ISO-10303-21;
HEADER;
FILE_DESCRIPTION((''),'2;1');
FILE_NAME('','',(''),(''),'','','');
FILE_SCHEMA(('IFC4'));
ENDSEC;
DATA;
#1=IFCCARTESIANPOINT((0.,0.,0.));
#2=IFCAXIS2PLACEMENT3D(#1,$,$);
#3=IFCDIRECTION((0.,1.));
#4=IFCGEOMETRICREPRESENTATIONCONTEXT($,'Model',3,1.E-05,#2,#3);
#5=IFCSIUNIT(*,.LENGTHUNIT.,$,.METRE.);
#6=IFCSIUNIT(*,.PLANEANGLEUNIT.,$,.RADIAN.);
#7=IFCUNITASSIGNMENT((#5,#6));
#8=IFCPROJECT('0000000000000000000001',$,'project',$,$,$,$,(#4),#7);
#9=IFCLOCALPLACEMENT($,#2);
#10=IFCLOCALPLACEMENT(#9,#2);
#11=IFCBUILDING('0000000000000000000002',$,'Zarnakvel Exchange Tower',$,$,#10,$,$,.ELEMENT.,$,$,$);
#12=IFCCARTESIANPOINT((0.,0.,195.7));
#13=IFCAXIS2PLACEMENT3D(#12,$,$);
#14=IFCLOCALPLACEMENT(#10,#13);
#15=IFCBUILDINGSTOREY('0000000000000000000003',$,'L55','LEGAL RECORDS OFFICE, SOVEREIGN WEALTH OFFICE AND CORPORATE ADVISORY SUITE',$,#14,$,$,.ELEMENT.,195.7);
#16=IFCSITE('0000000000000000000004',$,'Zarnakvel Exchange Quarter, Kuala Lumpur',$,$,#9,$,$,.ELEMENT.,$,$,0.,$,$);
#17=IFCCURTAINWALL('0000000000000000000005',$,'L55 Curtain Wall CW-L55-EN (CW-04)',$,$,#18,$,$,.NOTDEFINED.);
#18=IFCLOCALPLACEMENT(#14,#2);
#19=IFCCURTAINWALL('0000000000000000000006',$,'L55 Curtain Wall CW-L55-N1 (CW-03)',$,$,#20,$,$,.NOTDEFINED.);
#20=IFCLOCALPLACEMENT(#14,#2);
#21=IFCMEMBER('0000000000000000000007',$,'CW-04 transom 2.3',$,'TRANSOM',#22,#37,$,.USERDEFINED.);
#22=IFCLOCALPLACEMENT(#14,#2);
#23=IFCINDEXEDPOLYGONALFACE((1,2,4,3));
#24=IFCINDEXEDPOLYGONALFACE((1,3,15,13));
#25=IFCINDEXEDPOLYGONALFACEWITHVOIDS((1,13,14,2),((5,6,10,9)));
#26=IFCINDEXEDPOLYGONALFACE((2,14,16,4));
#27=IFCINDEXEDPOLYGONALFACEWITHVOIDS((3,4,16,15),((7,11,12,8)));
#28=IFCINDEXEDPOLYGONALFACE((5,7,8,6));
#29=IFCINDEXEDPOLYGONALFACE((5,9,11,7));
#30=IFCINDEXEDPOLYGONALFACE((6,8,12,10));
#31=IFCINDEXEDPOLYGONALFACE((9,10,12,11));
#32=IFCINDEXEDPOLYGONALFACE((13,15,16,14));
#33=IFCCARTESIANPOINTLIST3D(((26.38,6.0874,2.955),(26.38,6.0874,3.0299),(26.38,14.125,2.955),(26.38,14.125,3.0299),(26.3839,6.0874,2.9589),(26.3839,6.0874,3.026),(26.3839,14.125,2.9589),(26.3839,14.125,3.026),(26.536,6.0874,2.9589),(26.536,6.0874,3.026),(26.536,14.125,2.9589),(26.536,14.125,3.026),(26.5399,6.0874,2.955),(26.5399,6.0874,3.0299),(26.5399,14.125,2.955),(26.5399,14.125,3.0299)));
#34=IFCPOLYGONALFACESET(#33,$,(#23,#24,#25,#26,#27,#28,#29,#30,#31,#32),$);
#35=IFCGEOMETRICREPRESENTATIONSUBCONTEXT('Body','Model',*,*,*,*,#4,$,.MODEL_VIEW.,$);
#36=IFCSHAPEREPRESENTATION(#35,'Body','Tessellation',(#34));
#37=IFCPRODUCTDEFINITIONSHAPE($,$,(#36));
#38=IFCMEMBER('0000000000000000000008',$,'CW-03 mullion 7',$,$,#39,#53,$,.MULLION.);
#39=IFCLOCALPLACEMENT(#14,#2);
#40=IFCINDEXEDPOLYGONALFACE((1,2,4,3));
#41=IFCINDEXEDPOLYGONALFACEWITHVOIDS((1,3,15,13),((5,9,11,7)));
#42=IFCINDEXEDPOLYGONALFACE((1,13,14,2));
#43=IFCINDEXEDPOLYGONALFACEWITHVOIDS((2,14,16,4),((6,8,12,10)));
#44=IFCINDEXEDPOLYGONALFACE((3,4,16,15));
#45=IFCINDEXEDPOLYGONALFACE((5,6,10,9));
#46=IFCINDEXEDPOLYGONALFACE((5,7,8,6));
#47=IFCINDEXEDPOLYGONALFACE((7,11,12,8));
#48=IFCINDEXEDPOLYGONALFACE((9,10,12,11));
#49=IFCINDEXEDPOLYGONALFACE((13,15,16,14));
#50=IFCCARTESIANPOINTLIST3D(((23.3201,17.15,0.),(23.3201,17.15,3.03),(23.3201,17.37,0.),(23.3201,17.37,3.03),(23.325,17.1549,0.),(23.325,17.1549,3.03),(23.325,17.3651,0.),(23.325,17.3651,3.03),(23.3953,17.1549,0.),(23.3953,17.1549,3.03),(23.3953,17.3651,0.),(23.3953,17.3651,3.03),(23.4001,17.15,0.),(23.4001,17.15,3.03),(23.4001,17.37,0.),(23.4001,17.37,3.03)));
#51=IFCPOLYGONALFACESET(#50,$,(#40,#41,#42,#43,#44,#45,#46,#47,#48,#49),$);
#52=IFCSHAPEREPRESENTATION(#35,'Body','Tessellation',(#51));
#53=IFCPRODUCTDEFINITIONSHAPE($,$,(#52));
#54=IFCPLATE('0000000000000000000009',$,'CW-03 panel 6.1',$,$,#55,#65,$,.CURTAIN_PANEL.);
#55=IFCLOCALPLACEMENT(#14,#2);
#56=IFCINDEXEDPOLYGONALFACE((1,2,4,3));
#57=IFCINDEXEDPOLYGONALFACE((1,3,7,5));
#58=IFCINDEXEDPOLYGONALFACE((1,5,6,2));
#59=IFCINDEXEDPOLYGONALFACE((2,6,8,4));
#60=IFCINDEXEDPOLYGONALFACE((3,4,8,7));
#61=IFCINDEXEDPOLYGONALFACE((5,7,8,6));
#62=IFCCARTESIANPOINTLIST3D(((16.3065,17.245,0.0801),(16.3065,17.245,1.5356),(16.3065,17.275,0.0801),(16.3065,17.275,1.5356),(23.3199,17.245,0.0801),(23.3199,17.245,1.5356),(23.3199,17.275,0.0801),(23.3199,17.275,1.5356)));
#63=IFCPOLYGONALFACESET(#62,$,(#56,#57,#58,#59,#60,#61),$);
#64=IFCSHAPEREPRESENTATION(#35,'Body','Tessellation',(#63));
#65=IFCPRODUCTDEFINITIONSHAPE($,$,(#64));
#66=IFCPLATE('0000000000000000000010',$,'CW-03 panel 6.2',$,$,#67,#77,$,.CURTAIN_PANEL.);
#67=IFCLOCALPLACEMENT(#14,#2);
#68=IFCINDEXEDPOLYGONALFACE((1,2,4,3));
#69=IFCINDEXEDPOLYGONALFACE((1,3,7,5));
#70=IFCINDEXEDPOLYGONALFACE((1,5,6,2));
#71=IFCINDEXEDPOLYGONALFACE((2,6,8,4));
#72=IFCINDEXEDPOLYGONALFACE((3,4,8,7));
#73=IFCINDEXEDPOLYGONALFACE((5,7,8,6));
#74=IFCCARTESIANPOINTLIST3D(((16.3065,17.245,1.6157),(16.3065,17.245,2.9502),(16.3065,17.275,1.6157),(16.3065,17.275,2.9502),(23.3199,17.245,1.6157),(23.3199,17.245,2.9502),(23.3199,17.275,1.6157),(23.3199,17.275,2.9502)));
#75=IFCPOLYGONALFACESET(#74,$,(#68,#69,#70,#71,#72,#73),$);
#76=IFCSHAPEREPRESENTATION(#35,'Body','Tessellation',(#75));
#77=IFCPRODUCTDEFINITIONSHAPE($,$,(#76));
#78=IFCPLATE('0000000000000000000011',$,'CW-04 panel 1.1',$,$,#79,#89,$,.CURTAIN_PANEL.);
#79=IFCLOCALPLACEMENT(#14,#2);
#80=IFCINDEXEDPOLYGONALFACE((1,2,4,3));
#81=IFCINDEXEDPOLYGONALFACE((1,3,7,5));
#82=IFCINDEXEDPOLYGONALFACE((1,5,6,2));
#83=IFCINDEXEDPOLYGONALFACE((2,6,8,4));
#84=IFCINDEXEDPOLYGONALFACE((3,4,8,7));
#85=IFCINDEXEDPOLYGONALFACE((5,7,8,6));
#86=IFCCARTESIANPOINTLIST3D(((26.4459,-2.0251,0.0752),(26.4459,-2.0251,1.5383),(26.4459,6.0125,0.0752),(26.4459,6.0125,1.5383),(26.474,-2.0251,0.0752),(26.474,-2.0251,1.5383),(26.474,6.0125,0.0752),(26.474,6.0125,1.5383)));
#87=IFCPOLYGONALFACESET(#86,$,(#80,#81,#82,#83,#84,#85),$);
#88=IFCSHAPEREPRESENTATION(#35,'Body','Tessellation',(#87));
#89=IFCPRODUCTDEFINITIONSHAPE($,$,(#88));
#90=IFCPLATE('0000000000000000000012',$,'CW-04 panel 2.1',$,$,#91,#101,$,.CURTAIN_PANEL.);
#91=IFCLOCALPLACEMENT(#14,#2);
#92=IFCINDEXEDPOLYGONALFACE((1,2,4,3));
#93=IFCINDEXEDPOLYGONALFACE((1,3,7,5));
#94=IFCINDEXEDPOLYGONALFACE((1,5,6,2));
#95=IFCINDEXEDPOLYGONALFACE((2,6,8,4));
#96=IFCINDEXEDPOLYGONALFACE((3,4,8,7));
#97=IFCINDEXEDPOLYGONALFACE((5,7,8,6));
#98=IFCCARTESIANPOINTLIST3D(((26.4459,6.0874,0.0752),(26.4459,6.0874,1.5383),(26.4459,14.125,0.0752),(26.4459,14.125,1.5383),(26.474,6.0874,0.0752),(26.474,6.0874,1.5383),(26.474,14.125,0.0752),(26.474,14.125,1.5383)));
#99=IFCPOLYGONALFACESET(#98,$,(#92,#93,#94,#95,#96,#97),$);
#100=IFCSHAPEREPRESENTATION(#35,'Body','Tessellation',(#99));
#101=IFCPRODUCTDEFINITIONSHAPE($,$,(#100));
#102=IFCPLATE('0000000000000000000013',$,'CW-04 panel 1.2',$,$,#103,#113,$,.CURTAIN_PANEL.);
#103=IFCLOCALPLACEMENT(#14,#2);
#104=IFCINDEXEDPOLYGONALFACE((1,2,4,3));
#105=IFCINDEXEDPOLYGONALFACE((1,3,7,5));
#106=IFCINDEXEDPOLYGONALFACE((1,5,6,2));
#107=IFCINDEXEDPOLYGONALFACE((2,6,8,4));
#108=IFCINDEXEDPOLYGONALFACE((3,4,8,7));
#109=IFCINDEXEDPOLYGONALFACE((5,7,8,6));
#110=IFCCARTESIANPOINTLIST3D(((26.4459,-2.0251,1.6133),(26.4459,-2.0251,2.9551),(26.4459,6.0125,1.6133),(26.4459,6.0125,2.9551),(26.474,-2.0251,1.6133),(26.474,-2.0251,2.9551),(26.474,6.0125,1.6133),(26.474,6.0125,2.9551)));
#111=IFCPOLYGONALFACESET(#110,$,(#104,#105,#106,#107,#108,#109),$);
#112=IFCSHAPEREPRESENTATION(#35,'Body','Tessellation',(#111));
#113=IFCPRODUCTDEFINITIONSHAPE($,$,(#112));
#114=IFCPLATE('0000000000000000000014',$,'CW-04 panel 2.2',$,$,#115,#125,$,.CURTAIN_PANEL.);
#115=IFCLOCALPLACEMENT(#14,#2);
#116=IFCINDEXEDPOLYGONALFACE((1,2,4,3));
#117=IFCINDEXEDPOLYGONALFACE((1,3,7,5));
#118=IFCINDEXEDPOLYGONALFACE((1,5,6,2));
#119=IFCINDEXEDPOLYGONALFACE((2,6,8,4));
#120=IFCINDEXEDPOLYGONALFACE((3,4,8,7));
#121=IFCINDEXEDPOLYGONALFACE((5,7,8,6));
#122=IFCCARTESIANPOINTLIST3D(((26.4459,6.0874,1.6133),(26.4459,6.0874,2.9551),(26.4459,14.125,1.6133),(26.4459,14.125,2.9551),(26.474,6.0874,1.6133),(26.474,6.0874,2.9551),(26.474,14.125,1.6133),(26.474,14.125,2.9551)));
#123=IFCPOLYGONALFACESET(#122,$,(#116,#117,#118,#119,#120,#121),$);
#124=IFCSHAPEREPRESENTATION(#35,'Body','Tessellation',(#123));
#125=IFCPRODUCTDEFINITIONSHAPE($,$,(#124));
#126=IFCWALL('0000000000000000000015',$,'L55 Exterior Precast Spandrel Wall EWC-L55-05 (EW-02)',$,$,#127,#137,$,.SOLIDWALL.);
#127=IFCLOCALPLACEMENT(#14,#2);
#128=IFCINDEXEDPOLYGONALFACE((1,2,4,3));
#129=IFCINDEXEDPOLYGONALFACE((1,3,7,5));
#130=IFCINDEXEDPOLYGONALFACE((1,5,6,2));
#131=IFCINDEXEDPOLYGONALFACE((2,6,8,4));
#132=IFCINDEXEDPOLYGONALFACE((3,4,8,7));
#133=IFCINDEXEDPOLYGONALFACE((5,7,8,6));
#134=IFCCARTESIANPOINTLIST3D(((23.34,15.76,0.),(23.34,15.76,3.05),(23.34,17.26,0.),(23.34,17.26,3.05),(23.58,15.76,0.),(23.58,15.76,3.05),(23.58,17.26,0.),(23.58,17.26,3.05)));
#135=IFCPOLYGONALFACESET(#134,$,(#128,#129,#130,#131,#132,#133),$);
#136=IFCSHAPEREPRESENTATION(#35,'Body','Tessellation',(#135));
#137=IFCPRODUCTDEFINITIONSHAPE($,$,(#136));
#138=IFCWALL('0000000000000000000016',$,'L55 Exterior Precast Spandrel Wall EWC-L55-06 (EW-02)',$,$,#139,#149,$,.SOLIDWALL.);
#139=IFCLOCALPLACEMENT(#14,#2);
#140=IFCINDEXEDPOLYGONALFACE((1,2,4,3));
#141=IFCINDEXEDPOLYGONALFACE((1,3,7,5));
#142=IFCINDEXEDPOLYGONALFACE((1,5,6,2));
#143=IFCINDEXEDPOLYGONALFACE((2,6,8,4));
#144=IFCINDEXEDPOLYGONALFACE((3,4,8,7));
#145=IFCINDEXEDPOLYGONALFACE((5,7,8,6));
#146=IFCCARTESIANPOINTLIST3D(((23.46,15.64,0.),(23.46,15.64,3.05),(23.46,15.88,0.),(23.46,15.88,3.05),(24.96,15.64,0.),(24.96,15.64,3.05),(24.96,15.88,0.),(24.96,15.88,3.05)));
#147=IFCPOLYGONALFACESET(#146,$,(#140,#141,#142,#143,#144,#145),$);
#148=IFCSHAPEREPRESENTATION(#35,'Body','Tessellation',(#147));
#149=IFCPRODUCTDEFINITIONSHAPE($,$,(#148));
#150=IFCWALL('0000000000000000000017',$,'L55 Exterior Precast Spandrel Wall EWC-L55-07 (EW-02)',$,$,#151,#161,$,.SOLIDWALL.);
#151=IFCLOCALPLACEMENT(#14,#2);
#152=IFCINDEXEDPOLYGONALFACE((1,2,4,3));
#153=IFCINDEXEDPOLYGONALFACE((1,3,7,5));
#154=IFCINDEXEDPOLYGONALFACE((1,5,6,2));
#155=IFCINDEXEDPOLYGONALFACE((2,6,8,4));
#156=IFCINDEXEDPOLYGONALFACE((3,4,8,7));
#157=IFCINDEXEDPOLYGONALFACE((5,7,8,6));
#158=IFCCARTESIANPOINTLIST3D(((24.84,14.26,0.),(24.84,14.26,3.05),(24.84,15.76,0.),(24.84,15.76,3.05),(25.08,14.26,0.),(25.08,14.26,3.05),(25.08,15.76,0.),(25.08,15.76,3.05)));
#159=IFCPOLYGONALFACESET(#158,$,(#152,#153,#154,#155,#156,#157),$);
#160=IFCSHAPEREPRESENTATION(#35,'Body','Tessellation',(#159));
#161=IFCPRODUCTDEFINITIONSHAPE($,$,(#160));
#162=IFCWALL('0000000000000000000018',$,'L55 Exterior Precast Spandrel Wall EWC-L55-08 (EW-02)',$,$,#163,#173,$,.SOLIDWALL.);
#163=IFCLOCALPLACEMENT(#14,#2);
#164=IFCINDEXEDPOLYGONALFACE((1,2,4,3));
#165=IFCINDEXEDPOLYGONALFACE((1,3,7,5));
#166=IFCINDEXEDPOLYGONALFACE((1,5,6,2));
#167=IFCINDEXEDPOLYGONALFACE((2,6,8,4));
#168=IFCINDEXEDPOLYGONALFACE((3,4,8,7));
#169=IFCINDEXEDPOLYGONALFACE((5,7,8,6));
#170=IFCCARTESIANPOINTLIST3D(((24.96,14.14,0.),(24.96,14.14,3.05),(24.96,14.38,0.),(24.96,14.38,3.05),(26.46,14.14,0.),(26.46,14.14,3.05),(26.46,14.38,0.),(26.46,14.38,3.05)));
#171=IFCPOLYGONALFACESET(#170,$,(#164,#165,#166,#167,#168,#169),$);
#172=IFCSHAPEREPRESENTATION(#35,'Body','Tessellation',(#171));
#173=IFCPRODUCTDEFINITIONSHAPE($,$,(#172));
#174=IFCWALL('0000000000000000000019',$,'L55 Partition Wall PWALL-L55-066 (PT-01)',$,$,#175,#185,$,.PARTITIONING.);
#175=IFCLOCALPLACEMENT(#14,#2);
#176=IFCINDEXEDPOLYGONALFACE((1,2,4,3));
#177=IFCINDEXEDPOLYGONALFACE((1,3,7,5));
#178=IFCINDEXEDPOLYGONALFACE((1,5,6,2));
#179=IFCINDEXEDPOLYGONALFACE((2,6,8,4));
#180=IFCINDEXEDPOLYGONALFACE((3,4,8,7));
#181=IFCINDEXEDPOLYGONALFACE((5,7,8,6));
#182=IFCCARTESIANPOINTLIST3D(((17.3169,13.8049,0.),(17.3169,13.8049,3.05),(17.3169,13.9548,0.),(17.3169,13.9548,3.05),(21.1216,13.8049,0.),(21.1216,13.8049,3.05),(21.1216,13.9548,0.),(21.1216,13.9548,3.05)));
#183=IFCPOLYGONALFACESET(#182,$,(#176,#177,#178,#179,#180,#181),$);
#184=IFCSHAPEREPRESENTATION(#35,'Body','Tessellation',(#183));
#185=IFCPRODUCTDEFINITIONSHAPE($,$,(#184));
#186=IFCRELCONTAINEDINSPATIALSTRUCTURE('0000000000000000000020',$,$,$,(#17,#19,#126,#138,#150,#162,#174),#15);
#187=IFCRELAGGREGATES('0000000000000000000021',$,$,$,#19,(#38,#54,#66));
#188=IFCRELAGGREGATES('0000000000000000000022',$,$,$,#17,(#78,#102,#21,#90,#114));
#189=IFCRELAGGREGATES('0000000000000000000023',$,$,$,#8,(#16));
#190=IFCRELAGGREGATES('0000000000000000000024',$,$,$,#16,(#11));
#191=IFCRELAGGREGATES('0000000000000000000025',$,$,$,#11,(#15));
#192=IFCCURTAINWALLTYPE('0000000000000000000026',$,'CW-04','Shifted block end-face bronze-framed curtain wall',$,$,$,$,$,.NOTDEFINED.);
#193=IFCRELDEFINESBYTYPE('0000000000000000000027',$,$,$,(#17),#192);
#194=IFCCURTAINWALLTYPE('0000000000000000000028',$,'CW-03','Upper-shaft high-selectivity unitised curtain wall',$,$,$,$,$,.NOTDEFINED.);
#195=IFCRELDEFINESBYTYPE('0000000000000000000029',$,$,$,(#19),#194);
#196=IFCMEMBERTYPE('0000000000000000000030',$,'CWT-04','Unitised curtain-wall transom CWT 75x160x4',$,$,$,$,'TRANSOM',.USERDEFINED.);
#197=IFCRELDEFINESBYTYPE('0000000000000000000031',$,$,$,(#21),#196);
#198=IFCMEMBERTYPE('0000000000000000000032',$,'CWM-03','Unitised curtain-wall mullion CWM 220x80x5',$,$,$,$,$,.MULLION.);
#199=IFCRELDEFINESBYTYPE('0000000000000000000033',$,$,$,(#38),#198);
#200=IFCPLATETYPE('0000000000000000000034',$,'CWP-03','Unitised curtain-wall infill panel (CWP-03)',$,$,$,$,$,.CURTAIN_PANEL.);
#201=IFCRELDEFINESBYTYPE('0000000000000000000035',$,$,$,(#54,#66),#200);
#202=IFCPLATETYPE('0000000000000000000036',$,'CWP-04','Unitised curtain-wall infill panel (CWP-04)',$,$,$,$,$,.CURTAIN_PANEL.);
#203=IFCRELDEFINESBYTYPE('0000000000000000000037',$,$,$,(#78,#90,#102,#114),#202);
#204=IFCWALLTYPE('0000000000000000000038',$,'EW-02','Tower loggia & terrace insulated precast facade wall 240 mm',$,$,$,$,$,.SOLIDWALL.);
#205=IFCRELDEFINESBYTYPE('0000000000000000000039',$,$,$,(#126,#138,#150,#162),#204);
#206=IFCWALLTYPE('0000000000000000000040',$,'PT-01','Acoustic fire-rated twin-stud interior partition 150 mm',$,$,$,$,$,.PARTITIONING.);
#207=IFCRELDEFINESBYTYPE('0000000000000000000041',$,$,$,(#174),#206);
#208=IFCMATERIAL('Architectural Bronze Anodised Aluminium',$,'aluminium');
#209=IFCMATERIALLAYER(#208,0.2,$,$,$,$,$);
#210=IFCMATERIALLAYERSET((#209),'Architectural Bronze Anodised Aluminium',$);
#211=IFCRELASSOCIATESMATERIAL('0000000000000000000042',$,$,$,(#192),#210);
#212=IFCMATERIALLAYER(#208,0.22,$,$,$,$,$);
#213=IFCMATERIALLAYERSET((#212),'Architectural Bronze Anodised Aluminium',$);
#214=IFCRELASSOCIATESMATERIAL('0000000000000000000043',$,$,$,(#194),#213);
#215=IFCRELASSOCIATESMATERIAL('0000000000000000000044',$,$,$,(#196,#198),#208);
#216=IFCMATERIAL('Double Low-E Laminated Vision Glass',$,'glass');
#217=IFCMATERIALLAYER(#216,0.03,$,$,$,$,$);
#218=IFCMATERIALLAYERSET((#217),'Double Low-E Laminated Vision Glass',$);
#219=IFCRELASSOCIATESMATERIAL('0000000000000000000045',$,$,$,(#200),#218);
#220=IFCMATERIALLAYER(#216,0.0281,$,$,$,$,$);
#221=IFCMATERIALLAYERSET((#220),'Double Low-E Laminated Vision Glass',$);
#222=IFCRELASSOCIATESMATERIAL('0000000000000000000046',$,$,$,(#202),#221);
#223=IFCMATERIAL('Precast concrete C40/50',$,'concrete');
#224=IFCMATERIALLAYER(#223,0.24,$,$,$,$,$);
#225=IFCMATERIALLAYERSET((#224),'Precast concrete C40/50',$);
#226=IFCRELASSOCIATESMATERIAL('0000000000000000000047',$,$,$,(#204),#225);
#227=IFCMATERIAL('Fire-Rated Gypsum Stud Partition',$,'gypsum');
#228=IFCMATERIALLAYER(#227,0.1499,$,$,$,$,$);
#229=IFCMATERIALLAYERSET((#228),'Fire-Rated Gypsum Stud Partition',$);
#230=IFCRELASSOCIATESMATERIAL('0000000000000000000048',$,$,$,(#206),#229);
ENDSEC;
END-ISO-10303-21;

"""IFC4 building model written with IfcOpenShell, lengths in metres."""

from ifc_helpers import new_model, si_unit, direction, frame, frame_2d, origin, origin_2d, place, context, subcontext, project, spatial, rectangle, hollow_rectangle, extrude, source, transform, mapped, material, layer, layer_set, material_profile, profile_set, type_object, element, aggregate, save


model = new_model("IFC4")

# Units and contexts
model_context = context("Model", 3, precision=1e-05, world=origin(), true_north=direction((0.0, 1.0)))
body_context = subcontext(model_context, "Body", "Model", "MODEL_VIEW")
ifc_project = project(units=[si_unit("LENGTHUNIT", "METRE"), si_unit("PLANEANGLEUNIT", "RADIAN")], contexts=[model_context])

# Site, building, storey
site_placement = place(None, origin())
site = spatial("IfcSite", under=ifc_project, at=site_placement, Name="Zarnakvel Exchange Quarter, Kuala Lumpur", CompositionType="ELEMENT", RefElevation=0.0)
building_placement = place(site_placement, origin())
building = spatial("IfcBuilding", under=site, at=building_placement, Name="Zarnakvel Exchange Tower", CompositionType="ELEMENT")
storey_placement = place(building_placement, frame((0.0, 0.0, 195.7)))
storey = spatial("IfcBuildingStorey", under=building, at=storey_placement, Name="L55", Description="LEGAL RECORDS OFFICE, SOVEREIGN WEALTH OFFICE AND CORPORATE ADVISORY SUITE", CompositionType="ELEMENT", Elevation=195.7)

# Curtain walls
ifc_material_1 = material(Name="Architectural Bronze Anodised Aluminium", Category="aluminium")
ifc_layer_1 = layer(ifc_material_1, 0.2)
ifc_layer_set_1 = layer_set([ifc_layer_1], Name="Architectural Bronze Anodised Aluminium")
curtain_wall_type_1 = type_object("IfcCurtainWallType", Name="CW-04", Description="Shifted block end-face bronze-framed curtain wall", PredefinedType="NOTDEFINED", material=ifc_layer_set_1)
curtain_wall_1_placement = place(storey_placement, origin())
curtain_wall_1 = element("IfcCurtainWall", 1, at=curtain_wall_1_placement, inside=storey, type_object=curtain_wall_type_1, Name="L55 Curtain Wall CW-L55-EN (CW-04)", PredefinedType="NOTDEFINED")
ifc_layer_2 = layer(ifc_material_1, 0.22)
ifc_layer_set_2 = layer_set([ifc_layer_2], Name="Architectural Bronze Anodised Aluminium")
curtain_wall_type_2 = type_object("IfcCurtainWallType", Name="CW-03", Description="Upper-shaft high-selectivity unitised curtain wall", PredefinedType="NOTDEFINED", material=ifc_layer_set_2)
curtain_wall_2_placement = place(storey_placement, origin())
curtain_wall_2 = element("IfcCurtainWall", 2, at=curtain_wall_2_placement, inside=storey, type_object=curtain_wall_type_2, Name="L55 Curtain Wall CW-L55-N1 (CW-03)", PredefinedType="NOTDEFINED")

# Members
ifc_material_profile_1 = material_profile(ifc_material_1, hollow_rectangle(XDim=0.1599, YDim=0.075, WallThickness=0.0039, at=origin_2d()))
ifc_profile_set_1 = profile_set([ifc_material_profile_1], Name="Architectural Bronze Anodised Aluminium")
member_type_1 = type_object("IfcMemberType", Name="CWT-04", Description="Unitised curtain-wall transom CWT 75x160x4", ElementType="TRANSOM", PredefinedType="USERDEFINED", material=ifc_profile_set_1)
shared_shape_1 = source(origin(), body_context, "Body", "SweptSolid", [
    extrude(hollow_rectangle(XDim=0.1599, YDim=0.075, WallThickness=0.0039, at=origin_2d()), origin(), (0.0, 0.0, 1.0), 8.0376),
])
member_1_placement = place(storey_placement, frame((26.46, 6.0874, 2.9924), z_axis=(0.0, 1.0, 0.0), x_axis=(-1.0, 0.0, 0.0)))
member_1 = element("IfcMember", 3, at=member_1_placement, type_object=member_type_1, Name="CW-04 transom 2.3", ObjectType="TRANSOM", PredefinedType="USERDEFINED", context=body_context, shape_type="MappedRepresentation", body=[
    mapped(shared_shape_1, transform((0.0, 0.0, 0.0), x_axis=(1.0, 0.0, 0.0), y_axis=(0.0, 1.0, 0.0), z_axis=(0.0, 0.0, 1.0), scale=1.0)),
])
ifc_material_profile_2 = material_profile(ifc_material_1, hollow_rectangle(XDim=0.22, YDim=0.0801, WallThickness=0.0049, at=origin_2d()))
ifc_profile_set_2 = profile_set([ifc_material_profile_2], Name="Architectural Bronze Anodised Aluminium")
member_type_2 = type_object("IfcMemberType", Name="CWM-03", Description="Unitised curtain-wall mullion CWM 220x80x5", PredefinedType="MULLION", material=ifc_profile_set_2)
shared_shape_2 = source(origin(), body_context, "Body", "SweptSolid", [
    extrude(hollow_rectangle(XDim=0.22, YDim=0.0801, WallThickness=0.0049, at=origin_2d()), origin(), (0.0, 0.0, 1.0), 3.03),
])
member_2_placement = place(storey_placement, frame((23.3601, 17.26, 0.0), z_axis=(0.0, 0.0, 1.0), x_axis=(0.0, 1.0, 0.0)))
member_2 = element("IfcMember", 4, at=member_2_placement, type_object=member_type_2, Name="CW-03 mullion 7", PredefinedType="MULLION", context=body_context, shape_type="MappedRepresentation", body=[
    mapped(shared_shape_2, transform((0.0, 0.0, 0.0), x_axis=(1.0, 0.0, 0.0), y_axis=(0.0, 1.0, 0.0), z_axis=(0.0, 0.0, 1.0), scale=1.0)),
])

# Plates
ifc_material_2 = material(Name="Double Low-E Laminated Vision Glass", Category="glass")
ifc_layer_3 = layer(ifc_material_2, 0.03)
ifc_layer_set_3 = layer_set([ifc_layer_3], Name="Double Low-E Laminated Vision Glass")
plate_type_1 = type_object("IfcPlateType", Name="CWP-03", Description="Unitised curtain-wall infill panel (CWP-03)", PredefinedType="CURTAIN_PANEL", material=ifc_layer_set_3)
shared_shape_3 = source(origin(), body_context, "Body", "SweptSolid", [
    extrude(rectangle(XDim=7.0134, YDim=0.03, at=origin_2d()), origin(), (0.0, 0.0, 1.0), 1.4556),
])
plate_1_placement = place(storey_placement, frame((19.8132, 17.26, 0.0801), z_axis=(0.0, 0.0, 1.0), x_axis=(1.0, 0.0, 0.0)))
plate_1 = element("IfcPlate", 5, at=plate_1_placement, type_object=plate_type_1, Name="CW-03 panel 6.1", PredefinedType="CURTAIN_PANEL", context=body_context, shape_type="MappedRepresentation", body=[
    mapped(shared_shape_3, transform((0.0, 0.0, 0.0), x_axis=(1.0, 0.0, 0.0), y_axis=(0.0, 1.0, 0.0), z_axis=(0.0, 0.0, 1.0), scale=1.0)),
])
shared_shape_4 = source(origin(), body_context, "Body", "SweptSolid", [
    extrude(rectangle(XDim=7.0134, YDim=0.03, at=origin_2d()), origin(), (0.0, 0.0, 1.0), 1.3345),
])
plate_2_placement = place(storey_placement, frame((19.8132, 17.26, 1.6157), z_axis=(0.0, 0.0, 1.0), x_axis=(1.0, 0.0, 0.0)))
plate_2 = element("IfcPlate", 6, at=plate_2_placement, type_object=plate_type_1, Name="CW-03 panel 6.2", PredefinedType="CURTAIN_PANEL", context=body_context, shape_type="MappedRepresentation", body=[
    mapped(shared_shape_4, transform((0.0, 0.0, 0.0), x_axis=(1.0, 0.0, 0.0), y_axis=(0.0, 1.0, 0.0), z_axis=(0.0, 0.0, 1.0), scale=1.0)),
])
aggregate(curtain_wall_2, [member_2, plate_1, plate_2])
ifc_layer_4 = layer(ifc_material_2, 0.0281)
ifc_layer_set_4 = layer_set([ifc_layer_4], Name="Double Low-E Laminated Vision Glass")
plate_type_2 = type_object("IfcPlateType", Name="CWP-04", Description="Unitised curtain-wall infill panel (CWP-04)", PredefinedType="CURTAIN_PANEL", material=ifc_layer_set_4)
shared_shape_5 = source(origin(), body_context, "Body", "SweptSolid", [
    extrude(rectangle(XDim=8.0376, YDim=0.0281, at=origin_2d()), origin(), (0.0, 0.0, 1.0), 1.4631),
])
plate_3_placement = place(storey_placement, frame((26.46, 1.9937, 0.0752), z_axis=(0.0, 0.0, 1.0), x_axis=(0.0, 1.0, 0.0)))
plate_3 = element("IfcPlate", 7, at=plate_3_placement, type_object=plate_type_2, Name="CW-04 panel 1.1", PredefinedType="CURTAIN_PANEL", context=body_context, shape_type="MappedRepresentation", body=[
    mapped(shared_shape_5, transform((0.0, 0.0, 0.0), x_axis=(1.0, 0.0, 0.0), y_axis=(0.0, 1.0, 0.0), z_axis=(0.0, 0.0, 1.0), scale=1.0)),
])
plate_4_placement = place(storey_placement, frame((26.46, 10.1062, 0.0752), z_axis=(0.0, 0.0, 1.0), x_axis=(0.0, 1.0, 0.0)))
plate_4 = element("IfcPlate", 8, at=plate_4_placement, type_object=plate_type_2, Name="CW-04 panel 2.1", PredefinedType="CURTAIN_PANEL", context=body_context, shape_type="MappedRepresentation", body=[
    mapped(shared_shape_5, transform((0.0, 0.0, 0.0), x_axis=(1.0, 0.0, 0.0), y_axis=(0.0, 1.0, 0.0), z_axis=(0.0, 0.0, 1.0), scale=1.0)),
])
shared_shape_6 = source(origin(), body_context, "Body", "SweptSolid", [
    extrude(rectangle(XDim=8.0376, YDim=0.0281, at=origin_2d()), origin(), (0.0, 0.0, 1.0), 1.3418),
])
plate_5_placement = place(storey_placement, frame((26.46, 1.9937, 1.6133), z_axis=(0.0, 0.0, 1.0), x_axis=(0.0, 1.0, 0.0)))
plate_5 = element("IfcPlate", 9, at=plate_5_placement, type_object=plate_type_2, Name="CW-04 panel 1.2", PredefinedType="CURTAIN_PANEL", context=body_context, shape_type="MappedRepresentation", body=[
    mapped(shared_shape_6, transform((0.0, 0.0, 0.0), x_axis=(1.0, 0.0, 0.0), y_axis=(0.0, 1.0, 0.0), z_axis=(0.0, 0.0, 1.0), scale=1.0)),
])
plate_6_placement = place(storey_placement, frame((26.46, 10.1062, 1.6133), z_axis=(0.0, 0.0, 1.0), x_axis=(0.0, 1.0, 0.0)))
plate_6 = element("IfcPlate", 10, at=plate_6_placement, type_object=plate_type_2, Name="CW-04 panel 2.2", PredefinedType="CURTAIN_PANEL", context=body_context, shape_type="MappedRepresentation", body=[
    mapped(shared_shape_6, transform((0.0, 0.0, 0.0), x_axis=(1.0, 0.0, 0.0), y_axis=(0.0, 1.0, 0.0), z_axis=(0.0, 0.0, 1.0), scale=1.0)),
])
aggregate(curtain_wall_1, [plate_3, plate_5, member_1, plate_4, plate_6])

# Walls
ifc_material_3 = material(Name="Precast concrete C40/50", Category="concrete")
ifc_layer_5 = layer(ifc_material_3, 0.24)
ifc_layer_set_5 = layer_set([ifc_layer_5], Name="Precast concrete C40/50")
wall_type_1 = type_object("IfcWallType", Name="EW-02", Description="Tower loggia & terrace insulated precast facade wall 240 mm", PredefinedType="SOLIDWALL", material=ifc_layer_set_5)
for number, where, z_axis, x_axis, name in (
    (11, (23.46, 15.76, 0.0), (0.0, 0.0, 1.0), (0.0, 1.0, 0.0), "L55 Exterior Precast Spandrel Wall EWC-L55-05 (EW-02)"),
    (12, (24.96, 15.76, 0.0), (0.0, 0.0, 1.0), (-1.0, 0.0, 0.0), "L55 Exterior Precast Spandrel Wall EWC-L55-06 (EW-02)"),
    (13, (24.96, 14.26, 0.0), (0.0, 0.0, 1.0), (0.0, 1.0, 0.0), "L55 Exterior Precast Spandrel Wall EWC-L55-07 (EW-02)"),
    (14, (26.46, 14.26, 0.0), (0.0, 0.0, 1.0), (-1.0, 0.0, 0.0), "L55 Exterior Precast Spandrel Wall EWC-L55-08 (EW-02)"),
):
    element("IfcWall", number, at=place(storey_placement, frame(where, z_axis=z_axis, x_axis=x_axis)), inside=storey, type_object=wall_type_1, Name=name, PredefinedType="SOLIDWALL", context=body_context, shape_type="SweptSolid", body=[
        extrude(rectangle(XDim=1.5, YDim=0.24, at=frame_2d((0.75, 0.0))), origin(), (0.0, 0.0, 1.0), 3.05),
    ])
ifc_material_4 = material(Name="Fire-Rated Gypsum Stud Partition", Category="gypsum")
ifc_layer_6 = layer(ifc_material_4, 0.1499)
ifc_layer_set_6 = layer_set([ifc_layer_6], Name="Fire-Rated Gypsum Stud Partition")
wall_type_2 = type_object("IfcWallType", Name="PT-01", Description="Acoustic fire-rated twin-stud interior partition 150 mm", PredefinedType="PARTITIONING", material=ifc_layer_set_6)
wall_1_placement = place(storey_placement, frame((17.3169, 13.8799, 0.0), z_axis=(0.0, 0.0, 1.0), x_axis=(1.0, 0.0, 0.0)))
element("IfcWall", 15, at=wall_1_placement, inside=storey, type_object=wall_type_2, Name="L55 Partition Wall PWALL-L55-066 (PT-01)", PredefinedType="PARTITIONING", context=body_context, shape_type="SweptSolid", body=[
    extrude(rectangle(XDim=3.8047, YDim=0.1499, at=frame_2d((1.9023, 0.0))), origin(), (0.0, 0.0, 1.0), 3.05),
])

save(model, "model.ifc")
